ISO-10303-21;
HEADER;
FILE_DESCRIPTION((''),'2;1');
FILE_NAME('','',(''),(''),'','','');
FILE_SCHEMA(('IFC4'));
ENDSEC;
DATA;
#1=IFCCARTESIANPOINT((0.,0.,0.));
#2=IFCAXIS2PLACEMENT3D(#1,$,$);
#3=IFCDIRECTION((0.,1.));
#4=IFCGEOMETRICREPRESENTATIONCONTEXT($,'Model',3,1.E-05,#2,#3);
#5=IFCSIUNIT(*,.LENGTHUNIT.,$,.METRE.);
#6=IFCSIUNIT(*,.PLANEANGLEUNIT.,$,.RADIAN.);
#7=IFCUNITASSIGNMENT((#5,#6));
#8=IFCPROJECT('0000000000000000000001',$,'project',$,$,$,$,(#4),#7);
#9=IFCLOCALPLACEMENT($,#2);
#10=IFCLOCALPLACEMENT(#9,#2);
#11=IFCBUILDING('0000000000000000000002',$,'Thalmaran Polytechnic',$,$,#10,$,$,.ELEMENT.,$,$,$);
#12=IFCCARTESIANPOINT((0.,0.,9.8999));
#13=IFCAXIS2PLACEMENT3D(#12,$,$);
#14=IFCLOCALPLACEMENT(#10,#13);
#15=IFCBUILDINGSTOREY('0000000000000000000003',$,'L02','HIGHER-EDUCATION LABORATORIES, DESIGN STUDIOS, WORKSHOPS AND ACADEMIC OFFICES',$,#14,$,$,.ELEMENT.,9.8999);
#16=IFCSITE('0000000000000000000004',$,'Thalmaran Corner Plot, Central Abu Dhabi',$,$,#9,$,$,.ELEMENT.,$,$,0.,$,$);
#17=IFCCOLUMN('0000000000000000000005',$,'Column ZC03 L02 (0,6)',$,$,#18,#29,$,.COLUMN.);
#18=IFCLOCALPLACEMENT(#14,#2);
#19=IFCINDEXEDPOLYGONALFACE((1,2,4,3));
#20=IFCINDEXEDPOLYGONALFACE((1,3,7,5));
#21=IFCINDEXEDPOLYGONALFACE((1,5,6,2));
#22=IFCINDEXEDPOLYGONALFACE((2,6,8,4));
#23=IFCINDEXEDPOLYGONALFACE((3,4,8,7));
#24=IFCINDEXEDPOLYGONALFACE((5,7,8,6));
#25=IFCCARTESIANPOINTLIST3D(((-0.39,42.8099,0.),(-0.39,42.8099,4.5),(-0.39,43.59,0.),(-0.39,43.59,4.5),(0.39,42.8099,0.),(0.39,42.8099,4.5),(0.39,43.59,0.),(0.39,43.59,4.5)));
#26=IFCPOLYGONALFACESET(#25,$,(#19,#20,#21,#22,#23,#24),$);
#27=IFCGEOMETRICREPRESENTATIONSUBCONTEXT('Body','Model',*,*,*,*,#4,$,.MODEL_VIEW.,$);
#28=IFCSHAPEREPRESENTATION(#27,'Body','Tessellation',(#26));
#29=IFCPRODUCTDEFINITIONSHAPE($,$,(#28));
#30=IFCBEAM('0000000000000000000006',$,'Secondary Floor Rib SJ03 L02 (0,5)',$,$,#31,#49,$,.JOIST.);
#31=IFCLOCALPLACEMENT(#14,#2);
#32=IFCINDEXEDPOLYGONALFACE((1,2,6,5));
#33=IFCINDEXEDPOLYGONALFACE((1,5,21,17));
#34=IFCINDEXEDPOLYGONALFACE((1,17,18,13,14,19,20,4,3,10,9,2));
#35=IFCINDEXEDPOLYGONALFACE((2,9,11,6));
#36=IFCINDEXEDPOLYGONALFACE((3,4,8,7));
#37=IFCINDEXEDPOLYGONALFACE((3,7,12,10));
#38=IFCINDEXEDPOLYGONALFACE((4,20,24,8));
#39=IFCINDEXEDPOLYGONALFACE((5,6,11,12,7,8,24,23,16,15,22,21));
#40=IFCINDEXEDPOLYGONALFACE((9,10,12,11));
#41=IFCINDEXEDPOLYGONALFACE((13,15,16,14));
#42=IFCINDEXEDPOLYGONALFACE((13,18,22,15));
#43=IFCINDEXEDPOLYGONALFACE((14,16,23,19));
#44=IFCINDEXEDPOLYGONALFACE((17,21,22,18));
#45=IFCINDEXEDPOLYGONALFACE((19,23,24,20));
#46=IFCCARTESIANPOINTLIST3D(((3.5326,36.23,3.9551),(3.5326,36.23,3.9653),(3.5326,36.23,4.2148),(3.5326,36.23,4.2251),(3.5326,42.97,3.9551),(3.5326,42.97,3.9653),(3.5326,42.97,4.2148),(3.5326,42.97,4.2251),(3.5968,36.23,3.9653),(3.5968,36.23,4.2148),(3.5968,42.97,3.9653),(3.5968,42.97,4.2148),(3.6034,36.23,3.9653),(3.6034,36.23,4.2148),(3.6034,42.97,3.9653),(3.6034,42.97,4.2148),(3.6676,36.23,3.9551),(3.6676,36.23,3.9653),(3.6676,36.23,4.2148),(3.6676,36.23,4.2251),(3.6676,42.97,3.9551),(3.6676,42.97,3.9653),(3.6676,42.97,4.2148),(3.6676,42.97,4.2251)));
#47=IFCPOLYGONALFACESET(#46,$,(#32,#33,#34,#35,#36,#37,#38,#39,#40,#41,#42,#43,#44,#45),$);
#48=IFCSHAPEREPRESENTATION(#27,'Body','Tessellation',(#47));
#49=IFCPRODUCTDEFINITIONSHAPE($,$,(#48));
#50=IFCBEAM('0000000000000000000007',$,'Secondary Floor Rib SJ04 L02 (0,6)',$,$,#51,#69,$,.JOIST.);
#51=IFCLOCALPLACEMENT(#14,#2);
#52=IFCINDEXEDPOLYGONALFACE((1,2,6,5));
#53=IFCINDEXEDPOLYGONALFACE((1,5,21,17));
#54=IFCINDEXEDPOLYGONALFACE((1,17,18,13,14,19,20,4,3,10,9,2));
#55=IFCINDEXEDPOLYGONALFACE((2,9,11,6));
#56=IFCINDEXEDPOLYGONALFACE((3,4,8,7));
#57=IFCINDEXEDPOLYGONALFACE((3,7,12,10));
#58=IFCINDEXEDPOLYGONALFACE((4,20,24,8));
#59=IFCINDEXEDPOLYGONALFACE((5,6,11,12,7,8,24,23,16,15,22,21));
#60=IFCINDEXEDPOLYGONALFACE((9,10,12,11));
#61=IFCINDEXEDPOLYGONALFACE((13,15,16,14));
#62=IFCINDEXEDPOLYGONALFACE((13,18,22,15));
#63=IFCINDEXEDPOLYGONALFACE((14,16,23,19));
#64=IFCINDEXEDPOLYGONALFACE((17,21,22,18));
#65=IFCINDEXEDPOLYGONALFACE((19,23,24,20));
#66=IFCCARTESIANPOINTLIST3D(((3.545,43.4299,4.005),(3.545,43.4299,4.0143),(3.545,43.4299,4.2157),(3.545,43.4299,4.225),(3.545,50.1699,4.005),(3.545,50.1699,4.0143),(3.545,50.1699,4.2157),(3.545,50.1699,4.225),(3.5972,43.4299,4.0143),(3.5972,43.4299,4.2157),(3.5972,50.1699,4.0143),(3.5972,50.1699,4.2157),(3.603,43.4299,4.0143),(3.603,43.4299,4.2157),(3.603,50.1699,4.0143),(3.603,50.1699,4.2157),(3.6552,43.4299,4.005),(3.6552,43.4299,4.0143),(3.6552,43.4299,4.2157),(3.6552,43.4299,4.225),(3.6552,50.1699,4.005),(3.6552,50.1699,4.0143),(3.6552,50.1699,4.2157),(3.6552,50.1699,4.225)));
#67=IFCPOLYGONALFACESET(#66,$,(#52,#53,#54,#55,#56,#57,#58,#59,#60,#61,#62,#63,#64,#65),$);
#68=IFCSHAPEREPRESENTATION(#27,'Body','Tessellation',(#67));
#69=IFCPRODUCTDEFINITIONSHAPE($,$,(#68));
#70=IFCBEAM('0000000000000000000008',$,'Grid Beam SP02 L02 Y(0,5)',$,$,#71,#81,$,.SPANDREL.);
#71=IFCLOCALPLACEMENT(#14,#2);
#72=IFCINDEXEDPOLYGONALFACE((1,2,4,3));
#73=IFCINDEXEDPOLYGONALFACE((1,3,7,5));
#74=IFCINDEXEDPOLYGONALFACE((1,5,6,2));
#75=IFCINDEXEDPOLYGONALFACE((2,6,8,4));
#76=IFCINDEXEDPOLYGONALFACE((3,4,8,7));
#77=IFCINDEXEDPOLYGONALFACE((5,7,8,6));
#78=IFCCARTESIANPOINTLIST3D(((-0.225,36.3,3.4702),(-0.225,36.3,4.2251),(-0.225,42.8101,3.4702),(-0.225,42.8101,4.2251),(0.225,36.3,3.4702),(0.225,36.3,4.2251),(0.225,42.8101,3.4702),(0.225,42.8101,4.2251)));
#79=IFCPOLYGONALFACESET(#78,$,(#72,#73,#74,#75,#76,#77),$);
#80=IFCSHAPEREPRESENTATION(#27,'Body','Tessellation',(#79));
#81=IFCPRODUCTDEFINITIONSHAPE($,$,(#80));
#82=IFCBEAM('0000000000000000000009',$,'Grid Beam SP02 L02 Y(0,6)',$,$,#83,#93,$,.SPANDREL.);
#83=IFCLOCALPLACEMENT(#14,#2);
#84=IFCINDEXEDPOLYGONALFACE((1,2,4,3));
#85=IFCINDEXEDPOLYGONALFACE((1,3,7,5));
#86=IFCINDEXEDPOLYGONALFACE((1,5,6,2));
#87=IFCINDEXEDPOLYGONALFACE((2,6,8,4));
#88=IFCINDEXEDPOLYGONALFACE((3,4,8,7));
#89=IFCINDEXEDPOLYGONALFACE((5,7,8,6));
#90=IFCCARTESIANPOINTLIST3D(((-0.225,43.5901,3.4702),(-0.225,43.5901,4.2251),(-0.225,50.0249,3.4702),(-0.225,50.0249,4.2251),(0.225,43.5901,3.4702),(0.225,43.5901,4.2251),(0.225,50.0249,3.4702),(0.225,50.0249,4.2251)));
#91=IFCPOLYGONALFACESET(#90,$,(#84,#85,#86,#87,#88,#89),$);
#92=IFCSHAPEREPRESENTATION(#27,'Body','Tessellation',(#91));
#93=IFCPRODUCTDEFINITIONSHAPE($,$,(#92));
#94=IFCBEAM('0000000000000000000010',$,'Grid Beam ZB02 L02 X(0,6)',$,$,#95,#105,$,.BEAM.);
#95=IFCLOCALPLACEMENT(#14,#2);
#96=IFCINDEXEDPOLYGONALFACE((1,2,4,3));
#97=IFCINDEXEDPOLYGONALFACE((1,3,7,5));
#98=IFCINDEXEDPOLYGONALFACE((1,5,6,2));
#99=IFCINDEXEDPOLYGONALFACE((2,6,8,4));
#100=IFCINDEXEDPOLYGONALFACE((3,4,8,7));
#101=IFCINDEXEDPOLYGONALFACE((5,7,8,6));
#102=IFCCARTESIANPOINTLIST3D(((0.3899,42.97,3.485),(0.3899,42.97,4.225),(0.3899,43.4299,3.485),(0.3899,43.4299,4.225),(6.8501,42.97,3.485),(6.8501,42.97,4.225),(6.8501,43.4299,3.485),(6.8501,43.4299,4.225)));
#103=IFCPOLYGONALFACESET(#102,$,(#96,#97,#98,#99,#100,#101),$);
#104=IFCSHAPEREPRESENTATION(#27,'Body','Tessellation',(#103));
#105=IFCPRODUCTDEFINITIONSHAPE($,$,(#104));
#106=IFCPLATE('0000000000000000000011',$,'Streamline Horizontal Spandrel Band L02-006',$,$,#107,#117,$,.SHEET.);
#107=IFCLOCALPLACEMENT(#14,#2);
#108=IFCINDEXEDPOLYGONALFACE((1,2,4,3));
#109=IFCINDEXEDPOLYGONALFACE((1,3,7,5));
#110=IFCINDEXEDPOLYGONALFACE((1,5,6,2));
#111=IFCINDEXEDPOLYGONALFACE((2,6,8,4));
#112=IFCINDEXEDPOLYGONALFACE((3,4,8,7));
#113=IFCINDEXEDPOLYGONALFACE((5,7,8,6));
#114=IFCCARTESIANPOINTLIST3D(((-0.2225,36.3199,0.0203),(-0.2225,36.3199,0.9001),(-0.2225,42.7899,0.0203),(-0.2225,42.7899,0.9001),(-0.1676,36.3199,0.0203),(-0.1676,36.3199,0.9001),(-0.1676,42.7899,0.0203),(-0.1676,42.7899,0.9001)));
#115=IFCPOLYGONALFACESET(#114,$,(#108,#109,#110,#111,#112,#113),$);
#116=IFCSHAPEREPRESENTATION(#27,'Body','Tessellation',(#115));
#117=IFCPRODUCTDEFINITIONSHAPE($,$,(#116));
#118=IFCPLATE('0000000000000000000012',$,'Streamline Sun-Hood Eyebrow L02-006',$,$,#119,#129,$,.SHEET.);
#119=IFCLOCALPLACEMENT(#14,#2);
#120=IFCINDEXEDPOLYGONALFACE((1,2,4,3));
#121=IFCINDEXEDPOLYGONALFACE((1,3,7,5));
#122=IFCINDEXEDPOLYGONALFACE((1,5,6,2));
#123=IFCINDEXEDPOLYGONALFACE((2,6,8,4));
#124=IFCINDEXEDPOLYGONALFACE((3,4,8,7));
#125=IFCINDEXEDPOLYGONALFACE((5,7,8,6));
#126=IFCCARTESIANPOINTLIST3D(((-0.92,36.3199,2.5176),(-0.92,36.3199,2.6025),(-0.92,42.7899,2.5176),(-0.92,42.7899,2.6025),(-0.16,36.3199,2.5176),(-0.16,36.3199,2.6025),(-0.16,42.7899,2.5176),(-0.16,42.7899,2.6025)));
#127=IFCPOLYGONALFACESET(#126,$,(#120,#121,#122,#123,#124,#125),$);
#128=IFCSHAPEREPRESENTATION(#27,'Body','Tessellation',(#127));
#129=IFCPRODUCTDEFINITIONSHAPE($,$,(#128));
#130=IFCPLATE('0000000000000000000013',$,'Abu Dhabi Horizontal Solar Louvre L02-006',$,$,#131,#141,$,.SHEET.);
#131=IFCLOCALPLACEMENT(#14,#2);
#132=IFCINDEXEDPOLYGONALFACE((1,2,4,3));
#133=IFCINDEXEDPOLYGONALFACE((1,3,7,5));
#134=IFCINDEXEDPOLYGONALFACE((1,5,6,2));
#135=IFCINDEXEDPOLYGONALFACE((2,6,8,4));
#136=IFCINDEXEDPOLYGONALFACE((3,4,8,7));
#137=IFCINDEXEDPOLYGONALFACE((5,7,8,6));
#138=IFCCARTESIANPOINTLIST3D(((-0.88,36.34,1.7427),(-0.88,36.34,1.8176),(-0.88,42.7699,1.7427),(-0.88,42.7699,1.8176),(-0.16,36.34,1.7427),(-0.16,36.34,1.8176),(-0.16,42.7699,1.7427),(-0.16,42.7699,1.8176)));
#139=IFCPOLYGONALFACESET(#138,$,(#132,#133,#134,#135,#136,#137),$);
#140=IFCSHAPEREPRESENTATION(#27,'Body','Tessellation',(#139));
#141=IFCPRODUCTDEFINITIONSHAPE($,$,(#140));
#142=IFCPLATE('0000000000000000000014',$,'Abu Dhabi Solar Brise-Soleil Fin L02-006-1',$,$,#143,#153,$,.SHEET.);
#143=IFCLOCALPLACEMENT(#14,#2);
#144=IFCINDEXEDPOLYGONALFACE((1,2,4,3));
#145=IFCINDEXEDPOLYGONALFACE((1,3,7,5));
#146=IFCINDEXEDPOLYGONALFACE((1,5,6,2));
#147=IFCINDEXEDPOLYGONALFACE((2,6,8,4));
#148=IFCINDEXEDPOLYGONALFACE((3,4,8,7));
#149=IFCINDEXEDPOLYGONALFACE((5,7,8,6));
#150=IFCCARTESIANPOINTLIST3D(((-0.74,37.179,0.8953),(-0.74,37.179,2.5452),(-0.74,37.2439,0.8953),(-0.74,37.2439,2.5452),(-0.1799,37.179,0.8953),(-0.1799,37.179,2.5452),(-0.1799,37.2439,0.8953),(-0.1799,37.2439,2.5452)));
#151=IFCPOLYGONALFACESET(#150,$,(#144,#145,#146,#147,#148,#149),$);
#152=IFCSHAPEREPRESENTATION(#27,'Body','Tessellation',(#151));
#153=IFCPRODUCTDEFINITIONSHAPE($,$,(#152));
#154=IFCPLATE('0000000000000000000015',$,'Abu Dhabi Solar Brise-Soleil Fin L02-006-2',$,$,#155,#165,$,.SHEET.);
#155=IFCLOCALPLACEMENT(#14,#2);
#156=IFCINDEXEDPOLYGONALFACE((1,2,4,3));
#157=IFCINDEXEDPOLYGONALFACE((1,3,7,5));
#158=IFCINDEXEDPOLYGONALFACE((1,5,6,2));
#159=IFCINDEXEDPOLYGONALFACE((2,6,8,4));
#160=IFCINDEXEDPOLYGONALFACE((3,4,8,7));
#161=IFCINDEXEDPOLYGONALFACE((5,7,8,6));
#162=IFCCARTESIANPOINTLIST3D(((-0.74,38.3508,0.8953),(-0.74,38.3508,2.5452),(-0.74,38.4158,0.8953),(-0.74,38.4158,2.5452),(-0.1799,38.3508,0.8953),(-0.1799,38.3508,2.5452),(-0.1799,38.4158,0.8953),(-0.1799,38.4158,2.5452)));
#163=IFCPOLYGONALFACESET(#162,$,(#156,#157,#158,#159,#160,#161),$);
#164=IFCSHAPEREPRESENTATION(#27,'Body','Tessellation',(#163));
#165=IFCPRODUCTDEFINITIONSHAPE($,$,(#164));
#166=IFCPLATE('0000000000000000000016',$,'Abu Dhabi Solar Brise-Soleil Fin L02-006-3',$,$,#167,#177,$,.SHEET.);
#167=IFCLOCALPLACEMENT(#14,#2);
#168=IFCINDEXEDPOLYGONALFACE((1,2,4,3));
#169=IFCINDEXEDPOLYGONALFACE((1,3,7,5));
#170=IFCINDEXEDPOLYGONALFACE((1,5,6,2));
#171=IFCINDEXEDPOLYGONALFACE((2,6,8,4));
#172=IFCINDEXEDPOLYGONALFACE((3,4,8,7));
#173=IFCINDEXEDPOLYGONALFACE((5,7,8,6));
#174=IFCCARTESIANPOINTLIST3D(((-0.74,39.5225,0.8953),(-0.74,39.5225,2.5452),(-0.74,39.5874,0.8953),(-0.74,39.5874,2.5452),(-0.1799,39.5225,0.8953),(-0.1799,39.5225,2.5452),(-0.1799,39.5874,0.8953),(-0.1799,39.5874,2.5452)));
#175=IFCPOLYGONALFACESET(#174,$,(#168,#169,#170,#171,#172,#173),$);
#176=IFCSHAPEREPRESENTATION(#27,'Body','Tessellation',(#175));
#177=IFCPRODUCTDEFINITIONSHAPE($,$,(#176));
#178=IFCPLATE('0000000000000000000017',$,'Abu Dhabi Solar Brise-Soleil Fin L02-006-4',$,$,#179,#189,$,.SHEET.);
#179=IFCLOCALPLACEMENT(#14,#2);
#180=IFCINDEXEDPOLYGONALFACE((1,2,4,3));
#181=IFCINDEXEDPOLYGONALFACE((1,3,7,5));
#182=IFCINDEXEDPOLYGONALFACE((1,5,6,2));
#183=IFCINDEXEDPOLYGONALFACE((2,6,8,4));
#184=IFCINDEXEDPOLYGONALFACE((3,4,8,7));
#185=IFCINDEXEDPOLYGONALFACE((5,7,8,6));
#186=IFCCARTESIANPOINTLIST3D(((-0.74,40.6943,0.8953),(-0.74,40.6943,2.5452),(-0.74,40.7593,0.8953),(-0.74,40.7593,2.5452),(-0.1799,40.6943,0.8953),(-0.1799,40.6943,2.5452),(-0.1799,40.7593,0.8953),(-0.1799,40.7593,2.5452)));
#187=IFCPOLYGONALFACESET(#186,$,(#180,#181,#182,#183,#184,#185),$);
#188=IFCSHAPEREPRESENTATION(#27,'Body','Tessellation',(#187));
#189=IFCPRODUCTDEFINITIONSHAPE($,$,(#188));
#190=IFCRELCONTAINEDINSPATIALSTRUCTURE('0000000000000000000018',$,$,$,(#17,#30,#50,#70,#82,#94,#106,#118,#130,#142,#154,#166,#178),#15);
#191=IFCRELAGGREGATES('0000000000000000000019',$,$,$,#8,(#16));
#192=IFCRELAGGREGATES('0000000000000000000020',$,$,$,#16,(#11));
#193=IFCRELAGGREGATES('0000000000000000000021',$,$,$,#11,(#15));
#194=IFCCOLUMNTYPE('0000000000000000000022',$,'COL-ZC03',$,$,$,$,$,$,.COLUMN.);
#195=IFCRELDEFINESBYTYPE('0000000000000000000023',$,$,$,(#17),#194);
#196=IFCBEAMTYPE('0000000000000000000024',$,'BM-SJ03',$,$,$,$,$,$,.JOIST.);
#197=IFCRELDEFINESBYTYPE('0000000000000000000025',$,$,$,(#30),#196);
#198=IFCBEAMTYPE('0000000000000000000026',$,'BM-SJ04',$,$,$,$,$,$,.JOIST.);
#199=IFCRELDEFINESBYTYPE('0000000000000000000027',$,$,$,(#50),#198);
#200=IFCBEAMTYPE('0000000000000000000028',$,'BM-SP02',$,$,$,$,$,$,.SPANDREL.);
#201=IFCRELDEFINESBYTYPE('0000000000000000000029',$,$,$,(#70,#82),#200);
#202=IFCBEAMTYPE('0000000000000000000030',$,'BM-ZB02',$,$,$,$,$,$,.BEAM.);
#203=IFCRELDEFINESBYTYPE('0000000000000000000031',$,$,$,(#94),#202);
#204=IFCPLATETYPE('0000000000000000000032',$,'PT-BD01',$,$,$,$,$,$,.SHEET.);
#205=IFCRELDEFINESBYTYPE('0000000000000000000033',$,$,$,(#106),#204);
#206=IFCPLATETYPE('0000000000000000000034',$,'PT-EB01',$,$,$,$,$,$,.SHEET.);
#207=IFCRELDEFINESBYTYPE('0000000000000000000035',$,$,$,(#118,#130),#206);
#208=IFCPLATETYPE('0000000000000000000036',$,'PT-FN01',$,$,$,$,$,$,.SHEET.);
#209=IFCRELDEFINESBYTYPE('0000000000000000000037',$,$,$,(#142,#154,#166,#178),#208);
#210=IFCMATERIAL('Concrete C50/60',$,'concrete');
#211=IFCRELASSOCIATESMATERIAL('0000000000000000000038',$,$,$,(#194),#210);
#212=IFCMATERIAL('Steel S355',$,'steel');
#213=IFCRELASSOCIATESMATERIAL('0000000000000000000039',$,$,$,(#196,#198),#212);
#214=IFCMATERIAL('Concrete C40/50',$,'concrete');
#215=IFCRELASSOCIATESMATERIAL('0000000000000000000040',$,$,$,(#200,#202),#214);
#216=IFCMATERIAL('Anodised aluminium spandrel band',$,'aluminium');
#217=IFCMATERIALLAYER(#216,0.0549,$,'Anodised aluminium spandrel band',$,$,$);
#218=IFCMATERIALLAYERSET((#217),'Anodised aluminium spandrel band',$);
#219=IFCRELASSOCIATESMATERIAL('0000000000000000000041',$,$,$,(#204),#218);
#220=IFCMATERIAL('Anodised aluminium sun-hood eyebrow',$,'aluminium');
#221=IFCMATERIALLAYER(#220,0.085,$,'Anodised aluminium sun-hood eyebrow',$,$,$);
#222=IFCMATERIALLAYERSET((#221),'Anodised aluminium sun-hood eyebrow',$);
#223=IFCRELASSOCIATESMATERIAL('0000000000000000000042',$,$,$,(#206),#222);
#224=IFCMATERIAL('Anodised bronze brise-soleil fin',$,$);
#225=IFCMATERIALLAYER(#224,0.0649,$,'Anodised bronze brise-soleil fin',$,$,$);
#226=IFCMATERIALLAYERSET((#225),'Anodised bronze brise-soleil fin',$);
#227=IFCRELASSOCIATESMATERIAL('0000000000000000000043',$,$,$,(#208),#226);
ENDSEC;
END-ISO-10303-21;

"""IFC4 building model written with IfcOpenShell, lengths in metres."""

from ifc_helpers import new_model, si_unit, direction, frame, origin, origin_2d, place, context, subcontext, project, spatial, rectangle, i_section, extrude, material, layer, layer_set, material_profile, profile_set, type_object, element, save


model = new_model("IFC4")

# Units and contexts
model_context = context("Model", 3, precision=1e-05, world=origin(), true_north=direction((0.0, 1.0)))
body_context = subcontext(model_context, "Body", "Model", "MODEL_VIEW")
ifc_project = project(units=[si_unit("LENGTHUNIT", "METRE"), si_unit("PLANEANGLEUNIT", "RADIAN")], contexts=[model_context])

# Site, building, storey
site_placement = place(None, origin())
site = spatial("IfcSite", under=ifc_project, at=site_placement, Name="Thalmaran Corner Plot, Central Abu Dhabi", CompositionType="ELEMENT", RefElevation=0.0)
building_placement = place(site_placement, origin())
building = spatial("IfcBuilding", under=site, at=building_placement, Name="Thalmaran Polytechnic", CompositionType="ELEMENT")
storey_placement = place(building_placement, frame((0.0, 0.0, 9.8999)))
storey = spatial("IfcBuildingStorey", under=building, at=storey_placement, Name="L02", Description="HIGHER-EDUCATION LABORATORIES, DESIGN STUDIOS, WORKSHOPS AND ACADEMIC OFFICES", CompositionType="ELEMENT", Elevation=9.8999)

# Column
ifc_material_1 = material(Name="Concrete C50/60", Category="concrete")
ifc_material_profile_1 = material_profile(ifc_material_1, rectangle(XDim=0.78, YDim=0.78, at=origin_2d()), Name="RC 780x780")
ifc_profile_set_1 = profile_set([ifc_material_profile_1], Name="Concrete C50/60")
column_type = type_object("IfcColumnType", Name="COL-ZC03", PredefinedType="COLUMN", material=ifc_profile_set_1)
column_placement = place(storey_placement, frame((0.0, 43.2, 0.0), z_axis=(0.0, 0.0, 1.0), x_axis=(1.0, 0.0, 0.0)))
element("IfcColumn", 1, at=column_placement, inside=storey, type_object=column_type, Name="Column ZC03 L02 (0,6)", PredefinedType="COLUMN", context=body_context, shape_type="SweptSolid", body=[
    extrude(rectangle(XDim=0.78, YDim=0.78, at=origin_2d()), origin(), (0.0, 0.0, 1.0), 4.5),
])

# Beams
ifc_material_2 = material(Name="Steel S355", Category="steel")
ifc_material_profile_2 = material_profile(ifc_material_2, i_section(OverallWidth=0.135, OverallDepth=0.27, WebThickness=0.0066, FlangeThickness=0.0103, at=origin_2d()), Name="IPE 270")
ifc_profile_set_2 = profile_set([ifc_material_profile_2], Name="Steel S355")
beam_type_1 = type_object("IfcBeamType", Name="BM-SJ03", PredefinedType="JOIST", material=ifc_profile_set_2)
beam_1_placement = place(storey_placement, frame((3.6001, 36.23, 4.0901), z_axis=(0.0, 1.0, 0.0), x_axis=(-1.0, 0.0, 0.0)))
element("IfcBeam", 2, at=beam_1_placement, inside=storey, type_object=beam_type_1, Name="Secondary Floor Rib SJ03 L02 (0,5)", PredefinedType="JOIST", context=body_context, shape_type="SweptSolid", body=[
    extrude(i_section(OverallWidth=0.135, OverallDepth=0.27, WebThickness=0.0066, FlangeThickness=0.0103, at=origin_2d()), origin(), (0.0, 0.0, 1.0), 6.74),
])
ifc_material_profile_3 = material_profile(ifc_material_2, i_section(OverallWidth=0.1101, OverallDepth=0.22, WebThickness=0.0059, FlangeThickness=0.0093, at=origin_2d()), Name="IPE 220")
ifc_profile_set_3 = profile_set([ifc_material_profile_3], Name="Steel S355")
beam_type_2 = type_object("IfcBeamType", Name="BM-SJ04", PredefinedType="JOIST", material=ifc_profile_set_3)
beam_2_placement = place(storey_placement, frame((3.6001, 43.4299, 4.115), z_axis=(0.0, 1.0, 0.0), x_axis=(-1.0, 0.0, 0.0)))
element("IfcBeam", 3, at=beam_2_placement, inside=storey, type_object=beam_type_2, Name="Secondary Floor Rib SJ04 L02 (0,6)", PredefinedType="JOIST", context=body_context, shape_type="SweptSolid", body=[
    extrude(i_section(OverallWidth=0.1101, OverallDepth=0.22, WebThickness=0.0059, FlangeThickness=0.0093, at=origin_2d()), origin(), (0.0, 0.0, 1.0), 6.74),
])
ifc_material_3 = material(Name="Concrete C40/50", Category="concrete")
ifc_material_profile_4 = material_profile(ifc_material_3, rectangle(XDim=0.45, YDim=0.7549, at=origin_2d()), Name="RC 450x755")
ifc_profile_set_4 = profile_set([ifc_material_profile_4], Name="Concrete C40/50")
beam_type_3 = type_object("IfcBeamType", Name="BM-SP02", PredefinedType="SPANDREL", material=ifc_profile_set_4)
beam_3_placement = place(storey_placement, frame((0.0, 36.3, 3.8477), z_axis=(0.0, 1.0, 0.0), x_axis=(-1.0, 0.0, 0.0)))
element("IfcBeam", 4, at=beam_3_placement, inside=storey, type_object=beam_type_3, Name="Grid Beam SP02 L02 Y(0,5)", PredefinedType="SPANDREL", context=body_context, shape_type="SweptSolid", body=[
    extrude(rectangle(XDim=0.45, YDim=0.7549, at=origin_2d()), origin(), (0.0, 0.0, 1.0), 6.51),
])
beam_4_placement = place(storey_placement, frame((0.0, 43.5901, 3.8477), z_axis=(0.0, 1.0, 0.0), x_axis=(-1.0, 0.0, 0.0)))
element("IfcBeam", 5, at=beam_4_placement, inside=storey, type_object=beam_type_3, Name="Grid Beam SP02 L02 Y(0,6)", PredefinedType="SPANDREL", context=body_context, shape_type="SweptSolid", body=[
    extrude(rectangle(XDim=0.45, YDim=0.7549, at=origin_2d()), origin(), (0.0, 0.0, 1.0), 6.4348),
])
ifc_material_profile_5 = material_profile(ifc_material_3, rectangle(XDim=0.46, YDim=0.74, at=origin_2d()), Name="RC 460x740")
ifc_profile_set_5 = profile_set([ifc_material_profile_5], Name="Concrete C40/50")
beam_type_4 = type_object("IfcBeamType", Name="BM-ZB02", PredefinedType="BEAM", material=ifc_profile_set_5)
beam_5_placement = place(storey_placement, frame((0.3899, 43.2, 3.855), z_axis=(1.0, 0.0, 0.0), x_axis=(0.0, 1.0, 0.0)))
element("IfcBeam", 6, at=beam_5_placement, inside=storey, type_object=beam_type_4, Name="Grid Beam ZB02 L02 X(0,6)", PredefinedType="BEAM", context=body_context, shape_type="SweptSolid", body=[
    extrude(rectangle(XDim=0.46, YDim=0.74, at=origin_2d()), origin(), (0.0, 0.0, 1.0), 6.4602),
])

# Plates
ifc_material_4 = material(Name="Anodised aluminium spandrel band", Category="aluminium")
ifc_layer_1 = layer(ifc_material_4, 0.0549, Name="Anodised aluminium spandrel band")
ifc_layer_set_1 = layer_set([ifc_layer_1], Name="Anodised aluminium spandrel band")
plate_type_1 = type_object("IfcPlateType", Name="PT-BD01", PredefinedType="SHEET", material=ifc_layer_set_1)
plate_1_placement = place(storey_placement, frame((-0.1951, 39.5549, 0.0203), z_axis=(0.0, 0.0, 1.0), x_axis=(0.0, 1.0, 0.0)))
element("IfcPlate", 7, at=plate_1_placement, inside=storey, type_object=plate_type_1, Name="Streamline Horizontal Spandrel Band L02-006", PredefinedType="SHEET", context=body_context, shape_type="SweptSolid", body=[
    extrude(rectangle(XDim=6.47, YDim=0.0549, at=origin_2d()), origin(), (0.0, 0.0, 1.0), 0.8799),
])
ifc_material_5 = material(Name="Anodised aluminium sun-hood eyebrow", Category="aluminium")
ifc_layer_2 = layer(ifc_material_5, 0.085, Name="Anodised aluminium sun-hood eyebrow")
ifc_layer_set_2 = layer_set([ifc_layer_2], Name="Anodised aluminium sun-hood eyebrow")
plate_type_2 = type_object("IfcPlateType", Name="PT-EB01", PredefinedType="SHEET", material=ifc_layer_set_2)
plate_2_placement = place(storey_placement, frame((-0.54, 39.5549, 2.5176), z_axis=(0.0, 0.0, 1.0), x_axis=(0.0, 1.0, 0.0)))
element("IfcPlate", 8, at=plate_2_placement, inside=storey, type_object=plate_type_2, Name="Streamline Sun-Hood Eyebrow L02-006", PredefinedType="SHEET", context=body_context, shape_type="SweptSolid", body=[
    extrude(rectangle(XDim=6.47, YDim=0.76, at=origin_2d()), origin(), (0.0, 0.0, 1.0), 0.085),
])
plate_3_placement = place(storey_placement, frame((-0.52, 39.5549, 1.7427), z_axis=(0.0, 0.0, 1.0), x_axis=(0.0, 1.0, 0.0)))
element("IfcPlate", 9, at=plate_3_placement, inside=storey, type_object=plate_type_2, Name="Abu Dhabi Horizontal Solar Louvre L02-006", PredefinedType="SHEET", context=body_context, shape_type="SweptSolid", body=[
    extrude(rectangle(XDim=6.4299, YDim=0.72, at=origin_2d()), origin(), (0.0, 0.0, 1.0), 0.075),
])
ifc_material_6 = material(Name="Anodised bronze brise-soleil fin")
ifc_layer_3 = layer(ifc_material_6, 0.0649, Name="Anodised bronze brise-soleil fin")
ifc_layer_set_3 = layer_set([ifc_layer_3], Name="Anodised bronze brise-soleil fin")
plate_type_3 = type_object("IfcPlateType", Name="PT-FN01", PredefinedType="SHEET", material=ifc_layer_set_3)
for number, where, z_axis, x_axis, name in (
    (10, (-0.46, 37.2114, 0.8953), (0.0, 0.0, 1.0), (0.0, 1.0, 0.0), "Abu Dhabi Solar Brise-Soleil Fin L02-006-1"),
    (11, (-0.46, 38.3833, 0.8953), (0.0, 0.0, 1.0), (0.0, 1.0, 0.0), "Abu Dhabi Solar Brise-Soleil Fin L02-006-2"),
    (12, (-0.46, 39.5549, 0.8953), (0.0, 0.0, 1.0), (0.0, 1.0, 0.0), "Abu Dhabi Solar Brise-Soleil Fin L02-006-3"),
    (13, (-0.46, 40.7268, 0.8953), (0.0, 0.0, 1.0), (0.0, 1.0, 0.0), "Abu Dhabi Solar Brise-Soleil Fin L02-006-4"),
):
    element("IfcPlate", number, at=place(storey_placement, frame(where, z_axis=z_axis, x_axis=x_axis)), inside=storey, type_object=plate_type_3, Name=name, PredefinedType="SHEET", context=body_context, shape_type="SweptSolid", body=[
        extrude(rectangle(XDim=0.0649, YDim=0.5601, at=origin_2d()), origin(), (0.0, 0.0, 1.0), 1.6499),
    ])

save(model, "model.ifc")
